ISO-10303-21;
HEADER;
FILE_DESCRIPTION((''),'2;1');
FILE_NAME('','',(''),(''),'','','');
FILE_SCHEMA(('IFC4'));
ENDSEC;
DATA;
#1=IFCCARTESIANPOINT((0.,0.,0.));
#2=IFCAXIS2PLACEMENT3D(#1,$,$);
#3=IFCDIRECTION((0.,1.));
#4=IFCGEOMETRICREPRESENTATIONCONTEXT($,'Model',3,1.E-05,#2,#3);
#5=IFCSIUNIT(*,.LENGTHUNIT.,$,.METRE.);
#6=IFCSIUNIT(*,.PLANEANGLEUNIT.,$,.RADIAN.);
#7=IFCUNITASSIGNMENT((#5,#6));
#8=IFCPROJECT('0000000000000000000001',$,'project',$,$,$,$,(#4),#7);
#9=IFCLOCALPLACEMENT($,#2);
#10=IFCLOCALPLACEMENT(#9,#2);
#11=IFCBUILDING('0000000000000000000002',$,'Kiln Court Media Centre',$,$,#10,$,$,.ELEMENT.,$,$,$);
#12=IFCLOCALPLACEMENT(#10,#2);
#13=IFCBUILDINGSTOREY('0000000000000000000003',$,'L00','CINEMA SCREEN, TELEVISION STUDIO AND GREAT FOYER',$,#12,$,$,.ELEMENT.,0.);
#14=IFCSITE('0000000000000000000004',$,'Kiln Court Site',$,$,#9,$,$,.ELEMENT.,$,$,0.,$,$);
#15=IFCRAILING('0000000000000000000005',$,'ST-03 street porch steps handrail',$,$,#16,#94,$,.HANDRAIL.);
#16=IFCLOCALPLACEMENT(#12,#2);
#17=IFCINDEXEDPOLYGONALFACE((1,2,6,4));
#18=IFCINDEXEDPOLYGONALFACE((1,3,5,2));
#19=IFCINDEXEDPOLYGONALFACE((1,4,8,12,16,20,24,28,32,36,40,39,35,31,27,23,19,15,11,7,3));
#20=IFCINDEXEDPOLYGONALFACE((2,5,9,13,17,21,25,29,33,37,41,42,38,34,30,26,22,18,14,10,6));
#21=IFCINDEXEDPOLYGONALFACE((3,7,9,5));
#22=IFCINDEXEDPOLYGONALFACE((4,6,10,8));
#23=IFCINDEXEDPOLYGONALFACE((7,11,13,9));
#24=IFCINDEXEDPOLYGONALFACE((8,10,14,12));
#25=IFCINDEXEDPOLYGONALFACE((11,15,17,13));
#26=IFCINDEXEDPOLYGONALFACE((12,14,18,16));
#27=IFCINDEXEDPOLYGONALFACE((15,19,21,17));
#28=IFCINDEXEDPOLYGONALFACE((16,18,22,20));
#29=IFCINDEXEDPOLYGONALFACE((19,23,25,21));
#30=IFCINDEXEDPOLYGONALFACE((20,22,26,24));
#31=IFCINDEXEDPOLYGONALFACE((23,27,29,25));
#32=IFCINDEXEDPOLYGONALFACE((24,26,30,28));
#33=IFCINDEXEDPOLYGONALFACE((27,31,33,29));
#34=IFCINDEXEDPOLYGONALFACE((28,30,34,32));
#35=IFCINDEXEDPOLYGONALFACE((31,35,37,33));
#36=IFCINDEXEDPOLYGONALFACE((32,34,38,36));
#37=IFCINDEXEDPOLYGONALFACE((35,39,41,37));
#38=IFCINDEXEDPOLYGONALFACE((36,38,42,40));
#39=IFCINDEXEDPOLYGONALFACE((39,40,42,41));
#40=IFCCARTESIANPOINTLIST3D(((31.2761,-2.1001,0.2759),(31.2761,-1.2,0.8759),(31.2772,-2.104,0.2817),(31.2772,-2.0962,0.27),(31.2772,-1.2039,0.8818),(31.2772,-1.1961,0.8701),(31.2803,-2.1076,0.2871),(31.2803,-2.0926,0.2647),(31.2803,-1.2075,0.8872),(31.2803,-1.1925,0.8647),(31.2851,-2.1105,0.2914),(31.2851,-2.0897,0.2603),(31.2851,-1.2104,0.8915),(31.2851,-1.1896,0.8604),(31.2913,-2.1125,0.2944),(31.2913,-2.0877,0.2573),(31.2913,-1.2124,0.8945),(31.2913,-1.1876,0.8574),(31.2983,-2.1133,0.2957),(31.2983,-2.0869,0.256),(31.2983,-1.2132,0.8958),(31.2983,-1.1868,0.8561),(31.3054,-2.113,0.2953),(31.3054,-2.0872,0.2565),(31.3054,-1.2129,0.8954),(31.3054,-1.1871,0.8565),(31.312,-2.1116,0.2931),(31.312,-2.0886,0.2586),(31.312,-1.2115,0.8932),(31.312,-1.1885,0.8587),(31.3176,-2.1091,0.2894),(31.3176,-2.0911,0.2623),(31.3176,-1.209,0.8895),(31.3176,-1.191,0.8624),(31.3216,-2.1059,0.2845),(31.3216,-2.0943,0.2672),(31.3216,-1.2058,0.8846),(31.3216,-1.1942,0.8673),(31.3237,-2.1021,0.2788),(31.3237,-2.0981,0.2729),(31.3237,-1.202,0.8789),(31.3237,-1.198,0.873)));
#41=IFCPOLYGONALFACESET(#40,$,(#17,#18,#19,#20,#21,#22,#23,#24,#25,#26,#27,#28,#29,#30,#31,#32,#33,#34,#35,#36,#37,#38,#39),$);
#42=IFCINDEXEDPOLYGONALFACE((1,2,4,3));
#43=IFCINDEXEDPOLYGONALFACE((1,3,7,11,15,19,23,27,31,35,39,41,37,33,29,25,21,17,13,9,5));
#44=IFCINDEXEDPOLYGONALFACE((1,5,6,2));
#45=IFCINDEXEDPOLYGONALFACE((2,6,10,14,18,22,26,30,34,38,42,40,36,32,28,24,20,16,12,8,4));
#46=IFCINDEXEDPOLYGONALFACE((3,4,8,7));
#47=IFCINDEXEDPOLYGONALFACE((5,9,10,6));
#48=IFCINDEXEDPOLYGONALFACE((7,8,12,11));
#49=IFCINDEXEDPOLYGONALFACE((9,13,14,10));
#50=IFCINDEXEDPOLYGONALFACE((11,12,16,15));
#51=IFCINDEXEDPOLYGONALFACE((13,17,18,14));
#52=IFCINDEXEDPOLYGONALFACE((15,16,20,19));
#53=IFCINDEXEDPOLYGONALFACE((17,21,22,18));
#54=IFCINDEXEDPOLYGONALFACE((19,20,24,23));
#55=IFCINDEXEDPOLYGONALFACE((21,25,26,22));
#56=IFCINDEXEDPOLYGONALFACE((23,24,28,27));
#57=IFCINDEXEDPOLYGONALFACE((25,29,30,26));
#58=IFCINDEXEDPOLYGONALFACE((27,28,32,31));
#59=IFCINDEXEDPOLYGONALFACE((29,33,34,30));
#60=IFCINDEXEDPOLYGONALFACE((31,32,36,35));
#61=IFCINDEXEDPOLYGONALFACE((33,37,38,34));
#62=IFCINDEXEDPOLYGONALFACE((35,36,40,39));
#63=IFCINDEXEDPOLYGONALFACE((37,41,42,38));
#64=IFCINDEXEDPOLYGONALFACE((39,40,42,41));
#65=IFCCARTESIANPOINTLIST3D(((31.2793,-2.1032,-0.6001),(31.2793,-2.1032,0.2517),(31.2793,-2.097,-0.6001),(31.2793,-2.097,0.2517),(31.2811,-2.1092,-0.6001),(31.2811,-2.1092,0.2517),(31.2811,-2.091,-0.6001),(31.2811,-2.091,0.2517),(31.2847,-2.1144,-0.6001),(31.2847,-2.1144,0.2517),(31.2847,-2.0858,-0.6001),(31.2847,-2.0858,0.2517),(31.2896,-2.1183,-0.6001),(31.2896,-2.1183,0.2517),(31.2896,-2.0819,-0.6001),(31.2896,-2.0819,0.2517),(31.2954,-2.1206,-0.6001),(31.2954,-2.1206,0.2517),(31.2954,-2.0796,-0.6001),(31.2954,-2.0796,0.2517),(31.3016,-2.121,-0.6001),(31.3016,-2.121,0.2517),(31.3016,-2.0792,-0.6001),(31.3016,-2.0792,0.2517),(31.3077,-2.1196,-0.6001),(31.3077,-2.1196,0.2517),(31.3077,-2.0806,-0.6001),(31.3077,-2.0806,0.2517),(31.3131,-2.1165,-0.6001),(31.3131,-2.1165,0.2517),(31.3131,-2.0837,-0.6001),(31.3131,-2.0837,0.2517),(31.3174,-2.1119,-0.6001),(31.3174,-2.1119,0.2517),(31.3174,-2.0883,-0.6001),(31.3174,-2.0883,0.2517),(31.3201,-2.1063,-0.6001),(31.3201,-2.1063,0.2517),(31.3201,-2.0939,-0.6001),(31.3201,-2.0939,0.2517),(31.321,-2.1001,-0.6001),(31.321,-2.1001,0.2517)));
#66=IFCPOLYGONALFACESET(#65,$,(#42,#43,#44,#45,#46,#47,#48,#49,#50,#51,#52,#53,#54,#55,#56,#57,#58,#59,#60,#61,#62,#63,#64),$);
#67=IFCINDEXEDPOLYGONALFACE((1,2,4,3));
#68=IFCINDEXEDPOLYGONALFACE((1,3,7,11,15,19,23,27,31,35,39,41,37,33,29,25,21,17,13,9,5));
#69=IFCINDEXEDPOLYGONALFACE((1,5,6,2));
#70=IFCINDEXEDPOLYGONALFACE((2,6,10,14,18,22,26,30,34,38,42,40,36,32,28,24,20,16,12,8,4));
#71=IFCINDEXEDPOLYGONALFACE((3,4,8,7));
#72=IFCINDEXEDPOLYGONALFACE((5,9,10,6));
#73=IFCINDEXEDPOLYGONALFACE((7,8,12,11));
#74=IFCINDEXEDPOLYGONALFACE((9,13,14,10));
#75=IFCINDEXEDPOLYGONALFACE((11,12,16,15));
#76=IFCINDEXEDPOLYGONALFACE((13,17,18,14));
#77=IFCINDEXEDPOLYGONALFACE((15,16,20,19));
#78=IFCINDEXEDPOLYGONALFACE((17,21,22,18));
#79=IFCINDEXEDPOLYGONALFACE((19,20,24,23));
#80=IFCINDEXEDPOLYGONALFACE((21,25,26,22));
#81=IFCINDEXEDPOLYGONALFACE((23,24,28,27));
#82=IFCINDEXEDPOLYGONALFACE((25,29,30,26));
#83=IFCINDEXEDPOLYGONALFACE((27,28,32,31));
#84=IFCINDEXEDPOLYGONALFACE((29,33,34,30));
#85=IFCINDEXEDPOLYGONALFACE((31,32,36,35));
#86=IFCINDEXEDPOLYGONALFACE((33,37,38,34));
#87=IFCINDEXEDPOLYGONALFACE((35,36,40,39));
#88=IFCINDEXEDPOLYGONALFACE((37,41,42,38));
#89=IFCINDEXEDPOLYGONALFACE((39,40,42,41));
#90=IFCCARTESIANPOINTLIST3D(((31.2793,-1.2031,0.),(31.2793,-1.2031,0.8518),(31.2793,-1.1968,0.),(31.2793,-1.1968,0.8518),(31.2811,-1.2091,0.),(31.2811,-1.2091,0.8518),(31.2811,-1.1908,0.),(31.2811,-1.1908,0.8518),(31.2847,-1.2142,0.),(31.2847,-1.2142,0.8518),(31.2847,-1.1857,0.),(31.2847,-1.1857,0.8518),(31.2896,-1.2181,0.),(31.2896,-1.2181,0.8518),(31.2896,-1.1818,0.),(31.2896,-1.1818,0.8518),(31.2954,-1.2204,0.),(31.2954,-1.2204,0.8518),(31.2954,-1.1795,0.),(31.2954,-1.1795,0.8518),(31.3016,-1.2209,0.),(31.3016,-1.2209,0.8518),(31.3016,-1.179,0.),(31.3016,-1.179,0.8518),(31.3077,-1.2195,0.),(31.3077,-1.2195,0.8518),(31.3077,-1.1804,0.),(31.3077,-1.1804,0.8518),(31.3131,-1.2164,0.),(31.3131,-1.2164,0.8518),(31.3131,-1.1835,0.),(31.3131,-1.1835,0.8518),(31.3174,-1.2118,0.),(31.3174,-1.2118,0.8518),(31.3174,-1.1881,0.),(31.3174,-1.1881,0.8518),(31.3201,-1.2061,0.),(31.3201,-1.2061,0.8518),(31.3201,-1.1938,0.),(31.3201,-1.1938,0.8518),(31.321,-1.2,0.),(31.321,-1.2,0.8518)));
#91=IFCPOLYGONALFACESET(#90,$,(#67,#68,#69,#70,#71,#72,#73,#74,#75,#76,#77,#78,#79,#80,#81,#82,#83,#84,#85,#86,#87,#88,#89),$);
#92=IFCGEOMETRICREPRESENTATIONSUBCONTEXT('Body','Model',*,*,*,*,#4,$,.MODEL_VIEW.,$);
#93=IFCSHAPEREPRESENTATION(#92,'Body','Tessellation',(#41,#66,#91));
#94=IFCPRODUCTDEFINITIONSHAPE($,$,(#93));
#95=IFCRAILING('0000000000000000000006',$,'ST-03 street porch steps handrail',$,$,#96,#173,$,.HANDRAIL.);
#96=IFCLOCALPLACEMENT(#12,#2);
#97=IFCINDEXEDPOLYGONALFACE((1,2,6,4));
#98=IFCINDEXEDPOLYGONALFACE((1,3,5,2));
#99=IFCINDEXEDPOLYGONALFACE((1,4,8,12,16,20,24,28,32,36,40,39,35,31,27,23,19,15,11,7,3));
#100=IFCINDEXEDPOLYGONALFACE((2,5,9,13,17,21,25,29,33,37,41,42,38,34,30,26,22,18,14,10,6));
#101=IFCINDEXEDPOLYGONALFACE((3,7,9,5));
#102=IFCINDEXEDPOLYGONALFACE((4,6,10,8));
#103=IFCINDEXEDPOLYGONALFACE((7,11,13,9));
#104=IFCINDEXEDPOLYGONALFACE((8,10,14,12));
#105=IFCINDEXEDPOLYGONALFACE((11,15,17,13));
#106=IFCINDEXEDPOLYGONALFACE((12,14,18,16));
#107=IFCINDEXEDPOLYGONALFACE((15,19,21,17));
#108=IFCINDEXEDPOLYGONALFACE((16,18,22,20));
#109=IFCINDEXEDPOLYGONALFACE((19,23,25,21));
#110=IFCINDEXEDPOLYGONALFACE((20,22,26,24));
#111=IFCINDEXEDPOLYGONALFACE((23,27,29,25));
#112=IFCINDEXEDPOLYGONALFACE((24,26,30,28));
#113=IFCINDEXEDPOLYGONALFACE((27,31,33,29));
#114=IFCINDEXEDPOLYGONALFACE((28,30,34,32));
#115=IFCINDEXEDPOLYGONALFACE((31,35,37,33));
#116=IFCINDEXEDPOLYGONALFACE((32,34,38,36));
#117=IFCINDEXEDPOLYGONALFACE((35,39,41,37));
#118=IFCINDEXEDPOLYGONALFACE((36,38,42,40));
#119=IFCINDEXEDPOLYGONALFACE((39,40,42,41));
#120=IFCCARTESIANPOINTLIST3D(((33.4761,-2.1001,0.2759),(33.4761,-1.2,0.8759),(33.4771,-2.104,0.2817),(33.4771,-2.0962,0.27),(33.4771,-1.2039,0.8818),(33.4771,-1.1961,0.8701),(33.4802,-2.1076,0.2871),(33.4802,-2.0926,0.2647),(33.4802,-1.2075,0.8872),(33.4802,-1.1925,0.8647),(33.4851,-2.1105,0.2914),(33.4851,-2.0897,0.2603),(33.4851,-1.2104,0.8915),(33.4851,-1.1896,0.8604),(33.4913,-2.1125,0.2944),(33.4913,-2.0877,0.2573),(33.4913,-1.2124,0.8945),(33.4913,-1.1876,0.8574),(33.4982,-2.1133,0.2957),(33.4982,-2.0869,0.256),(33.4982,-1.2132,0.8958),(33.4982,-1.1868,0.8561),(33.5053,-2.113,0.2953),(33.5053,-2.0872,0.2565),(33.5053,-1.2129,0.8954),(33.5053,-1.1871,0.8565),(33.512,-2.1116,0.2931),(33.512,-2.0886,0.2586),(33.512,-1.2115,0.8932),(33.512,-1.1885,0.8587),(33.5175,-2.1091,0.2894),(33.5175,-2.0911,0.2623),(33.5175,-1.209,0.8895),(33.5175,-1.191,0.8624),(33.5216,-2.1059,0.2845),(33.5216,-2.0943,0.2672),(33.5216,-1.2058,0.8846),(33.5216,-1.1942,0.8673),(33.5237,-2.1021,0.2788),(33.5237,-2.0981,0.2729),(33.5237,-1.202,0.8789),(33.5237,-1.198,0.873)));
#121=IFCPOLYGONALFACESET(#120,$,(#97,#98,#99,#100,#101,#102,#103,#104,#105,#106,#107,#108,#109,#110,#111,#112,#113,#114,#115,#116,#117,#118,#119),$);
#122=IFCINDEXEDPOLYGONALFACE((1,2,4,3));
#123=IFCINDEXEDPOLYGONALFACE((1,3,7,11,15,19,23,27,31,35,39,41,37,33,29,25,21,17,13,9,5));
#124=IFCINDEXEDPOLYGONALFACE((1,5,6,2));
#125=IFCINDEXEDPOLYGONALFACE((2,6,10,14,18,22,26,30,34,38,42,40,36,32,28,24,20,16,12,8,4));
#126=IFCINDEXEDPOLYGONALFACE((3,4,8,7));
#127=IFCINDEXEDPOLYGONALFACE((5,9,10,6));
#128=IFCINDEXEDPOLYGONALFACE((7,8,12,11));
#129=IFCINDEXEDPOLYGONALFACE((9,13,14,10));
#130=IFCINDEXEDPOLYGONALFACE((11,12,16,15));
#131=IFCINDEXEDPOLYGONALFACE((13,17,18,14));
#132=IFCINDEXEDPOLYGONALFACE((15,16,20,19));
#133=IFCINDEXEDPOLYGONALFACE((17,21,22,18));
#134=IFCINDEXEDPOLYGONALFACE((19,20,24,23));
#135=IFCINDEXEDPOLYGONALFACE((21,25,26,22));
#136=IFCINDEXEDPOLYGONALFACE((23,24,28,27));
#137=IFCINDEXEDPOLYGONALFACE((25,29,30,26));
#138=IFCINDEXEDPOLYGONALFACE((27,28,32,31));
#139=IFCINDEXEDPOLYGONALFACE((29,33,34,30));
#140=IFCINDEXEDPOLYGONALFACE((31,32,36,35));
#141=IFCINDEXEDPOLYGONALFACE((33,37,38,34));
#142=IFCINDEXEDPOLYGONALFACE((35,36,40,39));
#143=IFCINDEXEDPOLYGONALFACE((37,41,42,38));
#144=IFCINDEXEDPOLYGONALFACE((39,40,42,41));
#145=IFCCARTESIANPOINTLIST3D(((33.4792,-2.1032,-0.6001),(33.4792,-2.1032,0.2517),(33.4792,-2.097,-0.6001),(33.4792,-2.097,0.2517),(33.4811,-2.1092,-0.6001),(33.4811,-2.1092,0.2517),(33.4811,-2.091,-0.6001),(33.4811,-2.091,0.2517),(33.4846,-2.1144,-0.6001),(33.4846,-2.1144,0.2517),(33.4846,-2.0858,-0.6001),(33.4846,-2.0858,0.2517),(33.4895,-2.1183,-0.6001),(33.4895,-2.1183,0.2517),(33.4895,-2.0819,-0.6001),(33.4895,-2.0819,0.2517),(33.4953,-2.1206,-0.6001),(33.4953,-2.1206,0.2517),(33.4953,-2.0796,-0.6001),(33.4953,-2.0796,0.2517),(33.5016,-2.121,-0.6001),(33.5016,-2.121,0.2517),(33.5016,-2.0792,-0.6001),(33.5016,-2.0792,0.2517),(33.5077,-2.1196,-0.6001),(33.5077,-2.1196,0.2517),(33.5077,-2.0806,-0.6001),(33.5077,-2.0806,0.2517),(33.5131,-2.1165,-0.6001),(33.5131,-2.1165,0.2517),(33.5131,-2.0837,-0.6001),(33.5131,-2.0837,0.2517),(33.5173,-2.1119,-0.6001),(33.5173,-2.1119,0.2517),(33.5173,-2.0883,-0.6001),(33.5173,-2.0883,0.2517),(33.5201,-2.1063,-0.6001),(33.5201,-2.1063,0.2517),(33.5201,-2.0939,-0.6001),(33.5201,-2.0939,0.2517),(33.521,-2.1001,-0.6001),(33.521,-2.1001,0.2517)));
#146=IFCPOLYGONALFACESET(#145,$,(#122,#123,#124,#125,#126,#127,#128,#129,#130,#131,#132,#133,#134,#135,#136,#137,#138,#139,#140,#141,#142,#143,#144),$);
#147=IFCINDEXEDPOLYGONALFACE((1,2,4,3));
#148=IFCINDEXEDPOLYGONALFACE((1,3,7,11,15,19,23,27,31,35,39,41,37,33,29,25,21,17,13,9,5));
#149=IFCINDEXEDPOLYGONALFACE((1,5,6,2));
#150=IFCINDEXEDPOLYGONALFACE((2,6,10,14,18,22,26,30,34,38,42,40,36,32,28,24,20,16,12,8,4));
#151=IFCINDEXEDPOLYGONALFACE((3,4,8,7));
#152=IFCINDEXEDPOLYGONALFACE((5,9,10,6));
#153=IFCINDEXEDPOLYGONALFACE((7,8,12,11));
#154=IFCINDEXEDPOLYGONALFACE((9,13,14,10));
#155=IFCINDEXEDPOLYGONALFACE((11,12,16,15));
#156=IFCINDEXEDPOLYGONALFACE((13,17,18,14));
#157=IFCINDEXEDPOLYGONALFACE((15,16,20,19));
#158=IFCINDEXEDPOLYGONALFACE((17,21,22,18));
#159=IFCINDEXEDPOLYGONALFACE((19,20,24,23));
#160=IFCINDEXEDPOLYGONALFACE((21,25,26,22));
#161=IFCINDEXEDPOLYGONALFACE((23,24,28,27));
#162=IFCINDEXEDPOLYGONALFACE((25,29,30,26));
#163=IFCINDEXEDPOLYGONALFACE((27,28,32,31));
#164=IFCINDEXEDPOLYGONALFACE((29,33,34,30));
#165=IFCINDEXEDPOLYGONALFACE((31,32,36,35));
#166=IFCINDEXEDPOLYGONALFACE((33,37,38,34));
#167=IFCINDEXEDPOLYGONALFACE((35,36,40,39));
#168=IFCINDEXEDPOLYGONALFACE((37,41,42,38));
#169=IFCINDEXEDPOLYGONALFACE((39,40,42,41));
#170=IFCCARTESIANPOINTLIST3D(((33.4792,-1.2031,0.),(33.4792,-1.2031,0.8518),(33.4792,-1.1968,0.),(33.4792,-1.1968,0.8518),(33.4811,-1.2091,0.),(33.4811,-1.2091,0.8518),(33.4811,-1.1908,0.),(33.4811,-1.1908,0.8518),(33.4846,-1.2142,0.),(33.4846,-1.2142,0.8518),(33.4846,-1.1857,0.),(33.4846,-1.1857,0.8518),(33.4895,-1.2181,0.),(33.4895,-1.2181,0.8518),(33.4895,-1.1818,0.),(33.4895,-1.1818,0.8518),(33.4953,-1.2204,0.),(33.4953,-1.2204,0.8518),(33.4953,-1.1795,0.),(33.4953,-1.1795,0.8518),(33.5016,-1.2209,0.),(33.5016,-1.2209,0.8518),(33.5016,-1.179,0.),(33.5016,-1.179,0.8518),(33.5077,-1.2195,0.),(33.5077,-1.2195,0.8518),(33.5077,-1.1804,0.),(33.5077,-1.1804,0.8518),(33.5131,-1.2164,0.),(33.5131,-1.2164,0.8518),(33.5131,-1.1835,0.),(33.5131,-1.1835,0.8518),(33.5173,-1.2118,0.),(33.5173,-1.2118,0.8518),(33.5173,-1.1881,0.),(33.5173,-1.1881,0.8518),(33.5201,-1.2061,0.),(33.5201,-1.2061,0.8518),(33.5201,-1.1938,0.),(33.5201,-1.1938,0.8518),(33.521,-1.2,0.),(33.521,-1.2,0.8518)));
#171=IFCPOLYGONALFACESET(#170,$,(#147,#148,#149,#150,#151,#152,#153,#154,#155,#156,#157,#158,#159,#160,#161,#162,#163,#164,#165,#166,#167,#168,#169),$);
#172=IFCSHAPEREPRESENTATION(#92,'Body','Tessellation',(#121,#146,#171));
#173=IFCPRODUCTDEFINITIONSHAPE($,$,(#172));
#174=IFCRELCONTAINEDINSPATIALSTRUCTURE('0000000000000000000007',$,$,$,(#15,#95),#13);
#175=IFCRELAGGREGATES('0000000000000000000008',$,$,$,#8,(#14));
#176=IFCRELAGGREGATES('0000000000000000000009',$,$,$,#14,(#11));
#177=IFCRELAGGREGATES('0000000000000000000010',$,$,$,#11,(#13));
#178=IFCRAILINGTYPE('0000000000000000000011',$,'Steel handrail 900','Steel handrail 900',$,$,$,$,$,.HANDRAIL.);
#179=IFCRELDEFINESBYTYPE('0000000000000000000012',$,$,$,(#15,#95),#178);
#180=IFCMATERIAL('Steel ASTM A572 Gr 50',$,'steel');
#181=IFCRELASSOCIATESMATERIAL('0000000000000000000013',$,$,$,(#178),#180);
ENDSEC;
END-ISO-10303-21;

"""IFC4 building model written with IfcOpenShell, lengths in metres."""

from ifc_helpers import new_model, si_unit, direction, frame, origin, origin_2d, place, context, subcontext, project, spatial, circle, extrude, material, type_object, element, save


model = new_model("IFC4")

# Units and contexts
model_context = context("Model", 3, precision=1e-05, world=origin(), true_north=direction((0.0, 1.0)))
body_context = subcontext(model_context, "Body", "Model", "MODEL_VIEW")
ifc_project = project(units=[si_unit("LENGTHUNIT", "METRE"), si_unit("PLANEANGLEUNIT", "RADIAN")], contexts=[model_context])

# Site, building, storey
site_placement = place(None, origin())
site = spatial("IfcSite", under=ifc_project, at=site_placement, Name="Kiln Court Site", CompositionType="ELEMENT", RefElevation=0.0)
building_placement = place(site_placement, origin())
building = spatial("IfcBuilding", under=site, at=building_placement, Name="Kiln Court Media Centre", CompositionType="ELEMENT")
storey_placement = place(building_placement, origin())
storey = spatial("IfcBuildingStorey", under=building, at=storey_placement, Name="L00", Description="CINEMA SCREEN, TELEVISION STUDIO AND GREAT FOYER", CompositionType="ELEMENT", Elevation=0.0)

# Railings
ifc_material_1 = material(Name="Steel ASTM A572 Gr 50", Category="steel")
railing_type_1 = type_object("IfcRailingType", Name="Steel handrail 900", Description="Steel handrail 900", PredefinedType="HANDRAIL", material=ifc_material_1)
for number, where, name in (
    (1, (31.3, -2.1001, -0.6001), "ST-03 street porch steps handrail"),
    (2, (33.5, -2.1001, -0.6001), "ST-03 street porch steps handrail"),
):
    element("IfcRailing", number, at=place(storey_placement, frame(where)), inside=storey, type_object=railing_type_1, Name=name, PredefinedType="HANDRAIL", context=body_context, shape_type="SweptSolid", body=[
        extrude(circle(Radius=0.0239, at=origin_2d()), frame((0.0, 0.0, 0.876), z_axis=(0.0, 0.83205, 0.5547), x_axis=(-1.0, 0.0, 0.0)), (0.0, 0.0, 1.0), 1.0818),
        extrude(circle(Radius=0.021, at=origin_2d()), origin(), (0.0, 0.0, 1.0), 0.8518),
        extrude(circle(Radius=0.021, at=origin_2d()), frame((0.0, 0.9001, 0.6001)), (0.0, 0.0, 1.0), 0.8518),
    ])

save(model, "model.ifc")
